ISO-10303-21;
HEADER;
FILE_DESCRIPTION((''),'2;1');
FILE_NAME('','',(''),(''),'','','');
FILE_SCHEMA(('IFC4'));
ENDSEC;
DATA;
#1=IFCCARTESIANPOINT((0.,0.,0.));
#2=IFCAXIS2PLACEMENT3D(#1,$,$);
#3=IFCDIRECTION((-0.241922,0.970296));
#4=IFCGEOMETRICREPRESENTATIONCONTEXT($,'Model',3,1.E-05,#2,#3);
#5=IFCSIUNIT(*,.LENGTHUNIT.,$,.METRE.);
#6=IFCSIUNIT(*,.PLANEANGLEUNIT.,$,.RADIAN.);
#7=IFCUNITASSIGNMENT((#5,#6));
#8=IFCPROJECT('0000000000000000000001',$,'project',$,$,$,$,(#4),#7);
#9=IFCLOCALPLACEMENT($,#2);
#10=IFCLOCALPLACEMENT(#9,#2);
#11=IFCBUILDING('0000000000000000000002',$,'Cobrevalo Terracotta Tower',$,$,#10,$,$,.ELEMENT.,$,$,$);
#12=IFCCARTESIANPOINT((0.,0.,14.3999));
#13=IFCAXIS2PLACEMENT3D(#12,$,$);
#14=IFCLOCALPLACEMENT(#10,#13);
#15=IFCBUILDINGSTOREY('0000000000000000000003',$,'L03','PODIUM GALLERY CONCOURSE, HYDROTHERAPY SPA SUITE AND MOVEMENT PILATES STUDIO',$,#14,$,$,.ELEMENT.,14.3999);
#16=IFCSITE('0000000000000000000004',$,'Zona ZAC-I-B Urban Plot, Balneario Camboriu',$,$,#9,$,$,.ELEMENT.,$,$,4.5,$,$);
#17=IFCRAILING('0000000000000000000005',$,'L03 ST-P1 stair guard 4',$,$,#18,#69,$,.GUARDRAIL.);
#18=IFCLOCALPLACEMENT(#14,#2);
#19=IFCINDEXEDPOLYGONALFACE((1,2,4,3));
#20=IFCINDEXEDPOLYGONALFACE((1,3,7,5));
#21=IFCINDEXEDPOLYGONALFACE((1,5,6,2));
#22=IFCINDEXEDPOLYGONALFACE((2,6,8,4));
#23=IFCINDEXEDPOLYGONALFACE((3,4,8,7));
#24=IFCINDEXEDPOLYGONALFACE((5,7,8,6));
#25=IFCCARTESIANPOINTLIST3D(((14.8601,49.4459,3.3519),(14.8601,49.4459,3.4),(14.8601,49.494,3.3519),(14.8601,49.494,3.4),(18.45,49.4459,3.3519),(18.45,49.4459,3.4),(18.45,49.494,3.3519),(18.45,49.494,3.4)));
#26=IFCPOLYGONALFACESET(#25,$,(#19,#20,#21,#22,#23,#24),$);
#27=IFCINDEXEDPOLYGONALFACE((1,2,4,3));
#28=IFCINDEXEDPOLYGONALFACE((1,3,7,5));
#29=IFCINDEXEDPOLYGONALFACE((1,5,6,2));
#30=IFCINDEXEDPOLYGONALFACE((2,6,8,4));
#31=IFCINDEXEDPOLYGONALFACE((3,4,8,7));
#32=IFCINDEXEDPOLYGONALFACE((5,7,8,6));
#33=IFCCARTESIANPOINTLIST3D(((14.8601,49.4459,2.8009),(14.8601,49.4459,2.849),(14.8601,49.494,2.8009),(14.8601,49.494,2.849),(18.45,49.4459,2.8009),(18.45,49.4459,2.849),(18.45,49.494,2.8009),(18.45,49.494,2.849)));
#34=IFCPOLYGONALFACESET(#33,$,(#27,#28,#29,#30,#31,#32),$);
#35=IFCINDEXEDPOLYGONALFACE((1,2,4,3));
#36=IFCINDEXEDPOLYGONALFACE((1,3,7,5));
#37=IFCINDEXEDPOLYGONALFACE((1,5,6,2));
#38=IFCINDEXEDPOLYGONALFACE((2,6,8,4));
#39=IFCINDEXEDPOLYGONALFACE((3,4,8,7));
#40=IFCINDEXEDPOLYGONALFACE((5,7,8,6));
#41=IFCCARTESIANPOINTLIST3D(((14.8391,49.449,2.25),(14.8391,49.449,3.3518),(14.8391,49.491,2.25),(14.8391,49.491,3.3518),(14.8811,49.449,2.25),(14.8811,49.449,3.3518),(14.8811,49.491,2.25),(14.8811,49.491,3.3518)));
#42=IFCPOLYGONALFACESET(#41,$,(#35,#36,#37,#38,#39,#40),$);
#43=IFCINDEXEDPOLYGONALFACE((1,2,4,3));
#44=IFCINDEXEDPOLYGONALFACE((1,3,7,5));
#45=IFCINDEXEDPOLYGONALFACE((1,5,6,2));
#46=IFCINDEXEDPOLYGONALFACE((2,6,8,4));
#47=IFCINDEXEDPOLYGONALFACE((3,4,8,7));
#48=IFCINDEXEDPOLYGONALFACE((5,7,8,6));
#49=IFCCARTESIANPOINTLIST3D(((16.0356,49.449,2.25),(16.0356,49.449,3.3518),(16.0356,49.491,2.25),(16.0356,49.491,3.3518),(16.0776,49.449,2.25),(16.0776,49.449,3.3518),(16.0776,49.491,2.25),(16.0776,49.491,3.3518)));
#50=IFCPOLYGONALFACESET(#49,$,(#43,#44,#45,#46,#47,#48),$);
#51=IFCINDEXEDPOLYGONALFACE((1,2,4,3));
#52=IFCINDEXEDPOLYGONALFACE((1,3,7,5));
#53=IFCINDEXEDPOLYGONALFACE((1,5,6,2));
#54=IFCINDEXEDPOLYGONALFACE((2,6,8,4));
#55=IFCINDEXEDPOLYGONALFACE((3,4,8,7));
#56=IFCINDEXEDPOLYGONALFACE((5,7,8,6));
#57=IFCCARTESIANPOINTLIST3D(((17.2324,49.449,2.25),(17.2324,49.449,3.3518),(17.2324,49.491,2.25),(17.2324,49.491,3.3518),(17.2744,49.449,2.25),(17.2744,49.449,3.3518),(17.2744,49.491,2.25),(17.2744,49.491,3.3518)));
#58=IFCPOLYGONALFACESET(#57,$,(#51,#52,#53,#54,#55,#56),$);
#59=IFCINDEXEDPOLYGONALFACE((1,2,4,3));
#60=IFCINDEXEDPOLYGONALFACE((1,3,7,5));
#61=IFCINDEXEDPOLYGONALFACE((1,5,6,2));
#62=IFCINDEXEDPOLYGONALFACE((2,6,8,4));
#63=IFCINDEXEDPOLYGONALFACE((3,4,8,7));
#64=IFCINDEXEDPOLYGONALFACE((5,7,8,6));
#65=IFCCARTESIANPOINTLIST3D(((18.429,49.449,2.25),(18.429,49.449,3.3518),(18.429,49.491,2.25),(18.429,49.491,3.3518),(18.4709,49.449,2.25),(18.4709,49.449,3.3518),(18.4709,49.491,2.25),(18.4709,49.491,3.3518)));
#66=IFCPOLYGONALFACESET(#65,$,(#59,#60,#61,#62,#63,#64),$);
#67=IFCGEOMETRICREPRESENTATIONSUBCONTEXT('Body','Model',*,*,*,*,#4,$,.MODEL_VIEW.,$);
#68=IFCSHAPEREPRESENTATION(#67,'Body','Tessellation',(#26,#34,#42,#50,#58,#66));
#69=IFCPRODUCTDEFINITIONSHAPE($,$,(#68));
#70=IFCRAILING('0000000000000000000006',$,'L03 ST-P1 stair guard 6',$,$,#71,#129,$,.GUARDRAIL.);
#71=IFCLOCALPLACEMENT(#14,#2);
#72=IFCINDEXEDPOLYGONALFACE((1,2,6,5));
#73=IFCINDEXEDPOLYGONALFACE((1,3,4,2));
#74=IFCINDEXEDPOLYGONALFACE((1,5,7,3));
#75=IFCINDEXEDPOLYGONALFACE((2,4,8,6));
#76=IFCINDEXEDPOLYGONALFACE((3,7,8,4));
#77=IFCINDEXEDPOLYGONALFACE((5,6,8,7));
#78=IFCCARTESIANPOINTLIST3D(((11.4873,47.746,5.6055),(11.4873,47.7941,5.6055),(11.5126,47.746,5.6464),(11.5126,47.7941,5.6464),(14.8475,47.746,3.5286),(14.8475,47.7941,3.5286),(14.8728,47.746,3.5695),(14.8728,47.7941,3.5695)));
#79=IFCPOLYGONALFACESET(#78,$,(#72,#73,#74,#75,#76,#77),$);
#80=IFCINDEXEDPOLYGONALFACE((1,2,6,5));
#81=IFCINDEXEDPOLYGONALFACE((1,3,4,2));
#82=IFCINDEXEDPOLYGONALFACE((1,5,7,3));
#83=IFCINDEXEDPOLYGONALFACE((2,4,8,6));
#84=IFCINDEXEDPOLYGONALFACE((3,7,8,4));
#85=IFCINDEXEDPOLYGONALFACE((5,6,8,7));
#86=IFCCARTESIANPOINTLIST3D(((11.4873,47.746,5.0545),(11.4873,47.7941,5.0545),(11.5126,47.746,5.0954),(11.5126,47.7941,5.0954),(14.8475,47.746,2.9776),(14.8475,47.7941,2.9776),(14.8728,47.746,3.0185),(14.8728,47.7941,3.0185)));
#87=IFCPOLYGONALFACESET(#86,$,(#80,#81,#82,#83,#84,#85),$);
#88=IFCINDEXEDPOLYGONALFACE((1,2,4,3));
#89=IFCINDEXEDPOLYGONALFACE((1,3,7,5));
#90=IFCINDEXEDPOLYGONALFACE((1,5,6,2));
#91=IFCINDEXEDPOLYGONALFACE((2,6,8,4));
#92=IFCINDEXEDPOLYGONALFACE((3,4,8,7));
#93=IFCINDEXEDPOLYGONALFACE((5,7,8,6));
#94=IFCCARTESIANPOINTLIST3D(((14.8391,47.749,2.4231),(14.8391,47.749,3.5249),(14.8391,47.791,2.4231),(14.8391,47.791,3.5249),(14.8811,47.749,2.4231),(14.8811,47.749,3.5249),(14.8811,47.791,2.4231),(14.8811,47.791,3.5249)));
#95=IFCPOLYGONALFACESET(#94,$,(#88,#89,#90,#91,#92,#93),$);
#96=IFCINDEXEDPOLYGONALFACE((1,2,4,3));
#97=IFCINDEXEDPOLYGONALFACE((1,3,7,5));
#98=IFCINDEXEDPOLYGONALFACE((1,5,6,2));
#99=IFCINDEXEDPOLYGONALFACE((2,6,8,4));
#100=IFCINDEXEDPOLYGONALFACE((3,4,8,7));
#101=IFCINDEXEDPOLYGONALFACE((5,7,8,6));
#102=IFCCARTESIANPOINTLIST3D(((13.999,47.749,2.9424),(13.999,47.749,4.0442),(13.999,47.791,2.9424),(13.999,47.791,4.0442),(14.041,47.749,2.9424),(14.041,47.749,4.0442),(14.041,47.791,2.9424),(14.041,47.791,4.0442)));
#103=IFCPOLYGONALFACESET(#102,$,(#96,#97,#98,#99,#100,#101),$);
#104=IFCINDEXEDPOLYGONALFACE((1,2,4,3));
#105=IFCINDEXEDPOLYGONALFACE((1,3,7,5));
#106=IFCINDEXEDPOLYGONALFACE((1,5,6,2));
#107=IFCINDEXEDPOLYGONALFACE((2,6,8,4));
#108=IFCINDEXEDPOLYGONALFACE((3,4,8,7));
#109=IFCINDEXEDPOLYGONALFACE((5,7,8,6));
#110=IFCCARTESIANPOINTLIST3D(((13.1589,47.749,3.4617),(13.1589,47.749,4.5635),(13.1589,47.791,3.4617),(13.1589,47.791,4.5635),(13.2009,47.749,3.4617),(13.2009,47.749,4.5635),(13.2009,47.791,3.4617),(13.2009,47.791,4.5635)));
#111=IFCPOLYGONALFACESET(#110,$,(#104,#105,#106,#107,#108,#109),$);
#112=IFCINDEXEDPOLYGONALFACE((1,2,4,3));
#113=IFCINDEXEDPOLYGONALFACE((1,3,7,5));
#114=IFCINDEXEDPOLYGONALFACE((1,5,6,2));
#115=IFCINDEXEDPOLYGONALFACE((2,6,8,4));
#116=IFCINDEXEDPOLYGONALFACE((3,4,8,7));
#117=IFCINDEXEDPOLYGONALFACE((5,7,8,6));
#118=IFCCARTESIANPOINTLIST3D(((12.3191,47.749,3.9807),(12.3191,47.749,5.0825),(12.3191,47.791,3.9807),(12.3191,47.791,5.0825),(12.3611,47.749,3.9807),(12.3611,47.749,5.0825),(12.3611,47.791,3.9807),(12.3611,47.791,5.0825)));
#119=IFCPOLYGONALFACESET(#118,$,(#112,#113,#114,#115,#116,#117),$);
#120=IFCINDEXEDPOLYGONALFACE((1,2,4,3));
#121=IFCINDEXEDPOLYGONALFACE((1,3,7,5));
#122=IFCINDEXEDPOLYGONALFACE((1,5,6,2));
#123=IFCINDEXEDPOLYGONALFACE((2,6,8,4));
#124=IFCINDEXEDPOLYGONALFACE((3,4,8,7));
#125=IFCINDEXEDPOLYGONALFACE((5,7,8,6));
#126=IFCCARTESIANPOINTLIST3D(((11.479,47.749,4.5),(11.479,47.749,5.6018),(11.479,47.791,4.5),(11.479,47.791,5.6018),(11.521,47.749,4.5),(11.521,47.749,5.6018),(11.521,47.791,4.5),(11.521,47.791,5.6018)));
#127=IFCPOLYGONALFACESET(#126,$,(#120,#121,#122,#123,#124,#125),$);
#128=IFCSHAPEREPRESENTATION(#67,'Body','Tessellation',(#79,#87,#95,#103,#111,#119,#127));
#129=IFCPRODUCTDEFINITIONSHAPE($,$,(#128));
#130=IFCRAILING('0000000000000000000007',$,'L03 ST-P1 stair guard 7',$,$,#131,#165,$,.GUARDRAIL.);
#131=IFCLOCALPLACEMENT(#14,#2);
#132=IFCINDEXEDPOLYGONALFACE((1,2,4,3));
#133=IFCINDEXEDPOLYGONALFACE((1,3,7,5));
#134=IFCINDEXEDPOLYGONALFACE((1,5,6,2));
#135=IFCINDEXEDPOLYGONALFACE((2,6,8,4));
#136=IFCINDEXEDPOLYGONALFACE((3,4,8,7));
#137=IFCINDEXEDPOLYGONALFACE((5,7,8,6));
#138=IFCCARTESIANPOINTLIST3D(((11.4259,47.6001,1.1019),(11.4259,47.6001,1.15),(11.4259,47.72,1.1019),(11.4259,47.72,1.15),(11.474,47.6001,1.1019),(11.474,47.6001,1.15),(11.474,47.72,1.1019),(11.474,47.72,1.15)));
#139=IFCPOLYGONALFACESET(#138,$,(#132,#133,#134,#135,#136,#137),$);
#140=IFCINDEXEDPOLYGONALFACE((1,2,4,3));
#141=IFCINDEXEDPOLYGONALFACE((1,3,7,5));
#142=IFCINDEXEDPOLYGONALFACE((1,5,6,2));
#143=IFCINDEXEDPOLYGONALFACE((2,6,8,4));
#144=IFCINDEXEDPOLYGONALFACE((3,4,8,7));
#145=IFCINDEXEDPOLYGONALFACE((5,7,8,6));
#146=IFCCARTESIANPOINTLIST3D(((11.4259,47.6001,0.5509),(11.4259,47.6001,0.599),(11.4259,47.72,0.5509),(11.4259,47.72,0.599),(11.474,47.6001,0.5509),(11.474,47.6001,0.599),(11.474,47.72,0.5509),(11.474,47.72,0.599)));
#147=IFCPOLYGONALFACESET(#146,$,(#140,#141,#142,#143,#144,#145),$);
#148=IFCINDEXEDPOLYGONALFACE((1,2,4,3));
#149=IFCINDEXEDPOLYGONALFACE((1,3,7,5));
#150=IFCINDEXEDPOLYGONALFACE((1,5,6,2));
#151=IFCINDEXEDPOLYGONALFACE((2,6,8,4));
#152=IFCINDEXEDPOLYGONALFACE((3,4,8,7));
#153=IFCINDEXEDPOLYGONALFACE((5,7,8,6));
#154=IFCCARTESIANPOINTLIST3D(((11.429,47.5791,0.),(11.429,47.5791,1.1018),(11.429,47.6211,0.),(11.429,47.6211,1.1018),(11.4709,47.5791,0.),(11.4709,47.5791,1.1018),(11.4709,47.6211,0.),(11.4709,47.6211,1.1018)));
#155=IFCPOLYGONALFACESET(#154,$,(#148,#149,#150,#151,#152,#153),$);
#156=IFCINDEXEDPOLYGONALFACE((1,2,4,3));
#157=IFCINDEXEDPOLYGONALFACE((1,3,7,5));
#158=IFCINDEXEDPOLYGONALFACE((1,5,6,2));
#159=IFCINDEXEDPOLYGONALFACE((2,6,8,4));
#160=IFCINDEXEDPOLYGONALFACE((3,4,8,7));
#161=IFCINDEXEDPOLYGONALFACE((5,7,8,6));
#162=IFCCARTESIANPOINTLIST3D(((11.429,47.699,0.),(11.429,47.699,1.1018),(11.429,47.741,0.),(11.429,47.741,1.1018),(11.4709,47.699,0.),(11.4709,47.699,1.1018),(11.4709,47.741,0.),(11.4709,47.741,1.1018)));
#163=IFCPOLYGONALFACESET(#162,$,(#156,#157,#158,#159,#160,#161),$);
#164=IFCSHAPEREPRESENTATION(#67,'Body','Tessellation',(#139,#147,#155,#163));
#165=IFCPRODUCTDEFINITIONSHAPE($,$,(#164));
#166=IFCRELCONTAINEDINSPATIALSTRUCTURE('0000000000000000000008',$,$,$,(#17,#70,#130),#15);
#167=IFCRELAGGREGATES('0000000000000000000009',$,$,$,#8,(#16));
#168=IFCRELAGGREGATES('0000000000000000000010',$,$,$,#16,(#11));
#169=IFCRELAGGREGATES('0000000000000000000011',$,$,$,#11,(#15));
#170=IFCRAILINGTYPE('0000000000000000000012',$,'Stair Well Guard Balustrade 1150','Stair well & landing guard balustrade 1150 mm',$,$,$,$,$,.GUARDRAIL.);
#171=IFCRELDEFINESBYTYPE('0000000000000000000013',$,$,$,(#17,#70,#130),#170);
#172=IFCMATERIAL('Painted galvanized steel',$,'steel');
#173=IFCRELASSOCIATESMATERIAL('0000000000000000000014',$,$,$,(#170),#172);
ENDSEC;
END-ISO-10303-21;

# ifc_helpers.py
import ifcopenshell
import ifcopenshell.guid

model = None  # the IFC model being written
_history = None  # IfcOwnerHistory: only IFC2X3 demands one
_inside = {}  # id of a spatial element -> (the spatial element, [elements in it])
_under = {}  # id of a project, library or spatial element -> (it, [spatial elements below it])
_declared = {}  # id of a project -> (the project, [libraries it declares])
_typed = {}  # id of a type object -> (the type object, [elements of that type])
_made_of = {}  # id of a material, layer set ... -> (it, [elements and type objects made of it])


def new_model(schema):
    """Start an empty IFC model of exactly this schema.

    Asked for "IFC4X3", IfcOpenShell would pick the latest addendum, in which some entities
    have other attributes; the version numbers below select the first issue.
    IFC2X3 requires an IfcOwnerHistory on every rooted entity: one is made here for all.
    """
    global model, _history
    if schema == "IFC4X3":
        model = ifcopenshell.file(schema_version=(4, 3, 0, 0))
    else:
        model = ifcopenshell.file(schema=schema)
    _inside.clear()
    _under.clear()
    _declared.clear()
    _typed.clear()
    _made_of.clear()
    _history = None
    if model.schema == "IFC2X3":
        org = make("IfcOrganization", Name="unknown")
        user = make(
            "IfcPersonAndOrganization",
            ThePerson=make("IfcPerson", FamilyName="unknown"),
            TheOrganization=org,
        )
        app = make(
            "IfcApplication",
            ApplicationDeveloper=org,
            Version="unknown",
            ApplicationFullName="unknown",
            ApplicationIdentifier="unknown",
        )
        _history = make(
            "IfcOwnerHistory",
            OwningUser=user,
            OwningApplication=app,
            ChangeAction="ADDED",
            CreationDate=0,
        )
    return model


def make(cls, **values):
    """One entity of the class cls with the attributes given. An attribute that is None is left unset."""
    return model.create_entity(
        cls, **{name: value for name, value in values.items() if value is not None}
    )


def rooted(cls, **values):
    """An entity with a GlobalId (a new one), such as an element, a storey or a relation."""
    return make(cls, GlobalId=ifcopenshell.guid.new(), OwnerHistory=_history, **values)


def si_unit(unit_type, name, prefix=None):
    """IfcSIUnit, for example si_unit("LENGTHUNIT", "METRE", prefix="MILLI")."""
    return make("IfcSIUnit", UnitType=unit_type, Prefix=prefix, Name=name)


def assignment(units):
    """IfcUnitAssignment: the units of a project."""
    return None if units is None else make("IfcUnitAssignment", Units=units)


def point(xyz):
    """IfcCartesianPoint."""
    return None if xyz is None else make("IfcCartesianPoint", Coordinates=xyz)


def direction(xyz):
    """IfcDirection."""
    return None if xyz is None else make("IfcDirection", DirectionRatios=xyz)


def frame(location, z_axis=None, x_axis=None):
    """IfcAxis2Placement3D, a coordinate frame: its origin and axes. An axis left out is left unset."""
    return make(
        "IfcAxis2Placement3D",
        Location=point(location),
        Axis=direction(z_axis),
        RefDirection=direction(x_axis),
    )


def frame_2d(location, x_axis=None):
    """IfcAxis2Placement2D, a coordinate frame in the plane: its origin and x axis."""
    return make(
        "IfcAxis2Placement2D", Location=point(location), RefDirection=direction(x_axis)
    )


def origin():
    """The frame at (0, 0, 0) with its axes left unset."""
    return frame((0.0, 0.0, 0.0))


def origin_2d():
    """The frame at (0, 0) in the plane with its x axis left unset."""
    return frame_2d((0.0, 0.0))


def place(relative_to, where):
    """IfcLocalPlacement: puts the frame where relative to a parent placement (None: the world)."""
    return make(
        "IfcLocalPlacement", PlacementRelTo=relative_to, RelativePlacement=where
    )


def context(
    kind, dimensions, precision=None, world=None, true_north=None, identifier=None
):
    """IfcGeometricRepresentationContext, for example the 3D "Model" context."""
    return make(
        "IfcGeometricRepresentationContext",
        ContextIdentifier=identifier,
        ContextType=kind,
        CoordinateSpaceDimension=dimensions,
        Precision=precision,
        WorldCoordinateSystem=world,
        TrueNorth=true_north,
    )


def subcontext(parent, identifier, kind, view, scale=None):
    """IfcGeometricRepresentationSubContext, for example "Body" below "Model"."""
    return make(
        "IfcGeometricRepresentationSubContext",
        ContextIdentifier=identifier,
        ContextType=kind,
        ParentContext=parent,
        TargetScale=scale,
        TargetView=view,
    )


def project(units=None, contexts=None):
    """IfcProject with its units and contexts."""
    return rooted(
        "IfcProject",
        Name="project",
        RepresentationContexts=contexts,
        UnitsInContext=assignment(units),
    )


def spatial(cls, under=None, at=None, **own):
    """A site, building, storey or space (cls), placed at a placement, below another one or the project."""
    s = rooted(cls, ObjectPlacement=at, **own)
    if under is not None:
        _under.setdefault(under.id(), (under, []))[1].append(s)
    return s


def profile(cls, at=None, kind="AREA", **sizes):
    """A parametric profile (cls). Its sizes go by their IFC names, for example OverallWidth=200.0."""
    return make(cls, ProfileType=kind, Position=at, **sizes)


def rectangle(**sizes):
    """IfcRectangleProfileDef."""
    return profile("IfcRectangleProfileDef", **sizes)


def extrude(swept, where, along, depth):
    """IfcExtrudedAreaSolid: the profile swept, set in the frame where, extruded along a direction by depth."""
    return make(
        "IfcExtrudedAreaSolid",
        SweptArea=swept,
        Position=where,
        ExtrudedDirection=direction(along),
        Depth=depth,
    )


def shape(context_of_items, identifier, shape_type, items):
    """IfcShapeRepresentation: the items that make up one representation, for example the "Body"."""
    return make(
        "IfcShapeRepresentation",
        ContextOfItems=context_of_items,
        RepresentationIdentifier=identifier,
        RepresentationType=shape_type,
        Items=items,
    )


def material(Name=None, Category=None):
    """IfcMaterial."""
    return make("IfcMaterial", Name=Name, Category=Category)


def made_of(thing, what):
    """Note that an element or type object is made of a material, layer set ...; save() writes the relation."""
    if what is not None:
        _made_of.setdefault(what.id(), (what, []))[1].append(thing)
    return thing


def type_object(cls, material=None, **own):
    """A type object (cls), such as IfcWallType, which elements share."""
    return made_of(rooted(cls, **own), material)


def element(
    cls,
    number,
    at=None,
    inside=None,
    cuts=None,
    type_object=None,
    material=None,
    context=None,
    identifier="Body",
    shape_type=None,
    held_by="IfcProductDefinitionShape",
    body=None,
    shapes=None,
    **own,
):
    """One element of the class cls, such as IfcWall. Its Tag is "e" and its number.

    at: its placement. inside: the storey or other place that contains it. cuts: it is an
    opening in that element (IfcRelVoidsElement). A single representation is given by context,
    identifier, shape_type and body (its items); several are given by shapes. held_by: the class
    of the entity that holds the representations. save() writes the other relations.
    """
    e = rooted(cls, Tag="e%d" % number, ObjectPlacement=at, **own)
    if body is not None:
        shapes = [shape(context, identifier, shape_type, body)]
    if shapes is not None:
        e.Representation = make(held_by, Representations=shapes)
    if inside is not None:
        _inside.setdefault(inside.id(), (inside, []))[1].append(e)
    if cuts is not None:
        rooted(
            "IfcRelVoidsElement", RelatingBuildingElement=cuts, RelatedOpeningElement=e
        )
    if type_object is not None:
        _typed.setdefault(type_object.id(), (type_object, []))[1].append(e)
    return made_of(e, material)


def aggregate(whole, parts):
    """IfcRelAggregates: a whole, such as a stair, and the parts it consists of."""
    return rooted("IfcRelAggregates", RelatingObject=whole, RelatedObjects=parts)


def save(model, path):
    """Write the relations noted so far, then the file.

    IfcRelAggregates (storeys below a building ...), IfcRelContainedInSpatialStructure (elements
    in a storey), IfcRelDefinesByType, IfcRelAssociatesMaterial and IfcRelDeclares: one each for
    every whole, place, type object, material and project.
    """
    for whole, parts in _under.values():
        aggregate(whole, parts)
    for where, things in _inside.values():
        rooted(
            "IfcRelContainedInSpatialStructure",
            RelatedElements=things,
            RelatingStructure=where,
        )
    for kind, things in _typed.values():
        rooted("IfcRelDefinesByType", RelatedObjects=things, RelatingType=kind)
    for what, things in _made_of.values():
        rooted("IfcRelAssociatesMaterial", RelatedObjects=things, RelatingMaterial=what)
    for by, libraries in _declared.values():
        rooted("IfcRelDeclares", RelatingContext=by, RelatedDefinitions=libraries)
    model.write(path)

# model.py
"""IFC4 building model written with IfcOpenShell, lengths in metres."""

from ifc_helpers import new_model, si_unit, direction, frame, origin, origin_2d, place, context, subcontext, project, spatial, rectangle, extrude, material, type_object, element, save


model = new_model("IFC4")

# Units and contexts
model_context = context("Model", 3, precision=1e-05, world=origin(), true_north=direction((-0.241922, 0.970296)))
body_context = subcontext(model_context, "Body", "Model", "MODEL_VIEW")
ifc_project = project(units=[si_unit("LENGTHUNIT", "METRE"), si_unit("PLANEANGLEUNIT", "RADIAN")], contexts=[model_context])

# Site, building, storey
site_placement = place(None, origin())
site = spatial("IfcSite", under=ifc_project, at=site_placement, Name="Zona ZAC-I-B Urban Plot, Balneario Camboriu", CompositionType="ELEMENT", RefElevation=4.5)
building_placement = place(site_placement, origin())
building = spatial("IfcBuilding", under=site, at=building_placement, Name="Cobrevalo Terracotta Tower", CompositionType="ELEMENT")
storey_placement = place(building_placement, frame((0.0, 0.0, 14.3999)))
storey = spatial("IfcBuildingStorey", under=building, at=storey_placement, Name="L03", Description="PODIUM GALLERY CONCOURSE, HYDROTHERAPY SPA SUITE AND MOVEMENT PILATES STUDIO", CompositionType="ELEMENT", Elevation=14.3999)

# Railings
ifc_material_1 = material(Name="Painted galvanized steel", Category="steel")
railing_type_1 = type_object("IfcRailingType", Name="Stair Well Guard Balustrade 1150", Description="Stair well & landing guard balustrade 1150 mm", PredefinedType="GUARDRAIL", material=ifc_material_1)
railing_1_placement = place(storey_placement, frame((14.8601, 49.47, 2.25)))
element("IfcRailing", 1, at=railing_1_placement, inside=storey, type_object=railing_type_1, Name="L03 ST-P1 stair guard 4", PredefinedType="GUARDRAIL", context=body_context, shape_type="SweptSolid", body=[
    extrude(rectangle(XDim=0.0481, YDim=0.0481, at=origin_2d()), frame((0.0, 0.0, 1.126), z_axis=(1.0, 0.0, 0.0), x_axis=(0.0, 1.0, 0.0)), (0.0, 0.0, 1.0), 3.5898),
    extrude(rectangle(XDim=0.0481, YDim=0.0481, at=origin_2d()), frame((0.0, 0.0, 0.575), z_axis=(1.0, 0.0, 0.0), x_axis=(0.0, 1.0, 0.0)), (0.0, 0.0, 1.0), 3.5898),
    extrude(rectangle(XDim=0.042, YDim=0.042, at=origin_2d()), origin(), (0.0, 0.0, 1.0), 1.1018),
    extrude(rectangle(XDim=0.042, YDim=0.042, at=origin_2d()), frame((1.1965, 0.0, 0.0)), (0.0, 0.0, 1.0), 1.1018),
    extrude(rectangle(XDim=0.042, YDim=0.042, at=origin_2d()), frame((2.3933, 0.0, 0.0)), (0.0, 0.0, 1.0), 1.1018),
    extrude(rectangle(XDim=0.042, YDim=0.042, at=origin_2d()), frame((3.5898, 0.0, 0.0)), (0.0, 0.0, 1.0), 1.1018),
])
railing_2_placement = place(storey_placement, frame((14.8601, 47.77, 2.4231)))
element("IfcRailing", 2, at=railing_2_placement, inside=storey, type_object=railing_type_1, Name="L03 ST-P1 stair guard 6", PredefinedType="GUARDRAIL", context=body_context, shape_type="SweptSolid", body=[
    extrude(rectangle(XDim=0.0481, YDim=0.0481, at=origin_2d()), frame((0.0, 0.0, 1.126), z_axis=(-0.850623, 0.0, 0.525776), x_axis=(0.0, -1.0, 0.0)), (0.0, 0.0, 1.0), 3.9502),
    extrude(rectangle(XDim=0.0481, YDim=0.0481, at=origin_2d()), frame((0.0, 0.0, 0.575), z_axis=(-0.850623, 0.0, 0.525776), x_axis=(0.0, -1.0, 0.0)), (0.0, 0.0, 1.0), 3.9502),
    extrude(rectangle(XDim=0.042, YDim=0.042, at=origin_2d()), origin(), (0.0, 0.0, 1.0), 1.1018),
    extrude(rectangle(XDim=0.042, YDim=0.042, at=origin_2d()), frame((-0.8401, 0.0, 0.5193)), (0.0, 0.0, 1.0), 1.1018),
    extrude(rectangle(XDim=0.042, YDim=0.042, at=origin_2d()), frame((-1.6802, 0.0, 1.0386)), (0.0, 0.0, 1.0), 1.1018),
    extrude(rectangle(XDim=0.042, YDim=0.042, at=origin_2d()), frame((-2.52, 0.0, 1.5576)), (0.0, 0.0, 1.0), 1.1018),
    extrude(rectangle(XDim=0.042, YDim=0.042, at=origin_2d()), frame((-3.3601, 0.0, 2.0769)), (0.0, 0.0, 1.0), 1.1018),
])
railing_3_placement = place(storey_placement, frame((11.45, 47.6001, 0.0)))
element("IfcRailing", 3, at=railing_3_placement, inside=storey, type_object=railing_type_1, Name="L03 ST-P1 stair guard 7", PredefinedType="GUARDRAIL", context=body_context, shape_type="SweptSolid", body=[
    extrude(rectangle(XDim=0.0481, YDim=0.0481, at=origin_2d()), frame((0.0, 0.0, 1.126), z_axis=(0.0, 1.0, 0.0), x_axis=(-1.0, 0.0, 0.0)), (0.0, 0.0, 1.0), 0.1199),
    extrude(rectangle(XDim=0.0481, YDim=0.0481, at=origin_2d()), frame((0.0, 0.0, 0.575), z_axis=(0.0, 1.0, 0.0), x_axis=(-1.0, 0.0, 0.0)), (0.0, 0.0, 1.0), 0.1199),
    extrude(rectangle(XDim=0.042, YDim=0.042, at=origin_2d()), origin(), (0.0, 0.0, 1.0), 1.1018),
    extrude(rectangle(XDim=0.042, YDim=0.042, at=origin_2d()), frame((0.0, 0.1199, 0.0)), (0.0, 0.0, 1.0), 1.1018),
])

save(model, "model.ifc")
